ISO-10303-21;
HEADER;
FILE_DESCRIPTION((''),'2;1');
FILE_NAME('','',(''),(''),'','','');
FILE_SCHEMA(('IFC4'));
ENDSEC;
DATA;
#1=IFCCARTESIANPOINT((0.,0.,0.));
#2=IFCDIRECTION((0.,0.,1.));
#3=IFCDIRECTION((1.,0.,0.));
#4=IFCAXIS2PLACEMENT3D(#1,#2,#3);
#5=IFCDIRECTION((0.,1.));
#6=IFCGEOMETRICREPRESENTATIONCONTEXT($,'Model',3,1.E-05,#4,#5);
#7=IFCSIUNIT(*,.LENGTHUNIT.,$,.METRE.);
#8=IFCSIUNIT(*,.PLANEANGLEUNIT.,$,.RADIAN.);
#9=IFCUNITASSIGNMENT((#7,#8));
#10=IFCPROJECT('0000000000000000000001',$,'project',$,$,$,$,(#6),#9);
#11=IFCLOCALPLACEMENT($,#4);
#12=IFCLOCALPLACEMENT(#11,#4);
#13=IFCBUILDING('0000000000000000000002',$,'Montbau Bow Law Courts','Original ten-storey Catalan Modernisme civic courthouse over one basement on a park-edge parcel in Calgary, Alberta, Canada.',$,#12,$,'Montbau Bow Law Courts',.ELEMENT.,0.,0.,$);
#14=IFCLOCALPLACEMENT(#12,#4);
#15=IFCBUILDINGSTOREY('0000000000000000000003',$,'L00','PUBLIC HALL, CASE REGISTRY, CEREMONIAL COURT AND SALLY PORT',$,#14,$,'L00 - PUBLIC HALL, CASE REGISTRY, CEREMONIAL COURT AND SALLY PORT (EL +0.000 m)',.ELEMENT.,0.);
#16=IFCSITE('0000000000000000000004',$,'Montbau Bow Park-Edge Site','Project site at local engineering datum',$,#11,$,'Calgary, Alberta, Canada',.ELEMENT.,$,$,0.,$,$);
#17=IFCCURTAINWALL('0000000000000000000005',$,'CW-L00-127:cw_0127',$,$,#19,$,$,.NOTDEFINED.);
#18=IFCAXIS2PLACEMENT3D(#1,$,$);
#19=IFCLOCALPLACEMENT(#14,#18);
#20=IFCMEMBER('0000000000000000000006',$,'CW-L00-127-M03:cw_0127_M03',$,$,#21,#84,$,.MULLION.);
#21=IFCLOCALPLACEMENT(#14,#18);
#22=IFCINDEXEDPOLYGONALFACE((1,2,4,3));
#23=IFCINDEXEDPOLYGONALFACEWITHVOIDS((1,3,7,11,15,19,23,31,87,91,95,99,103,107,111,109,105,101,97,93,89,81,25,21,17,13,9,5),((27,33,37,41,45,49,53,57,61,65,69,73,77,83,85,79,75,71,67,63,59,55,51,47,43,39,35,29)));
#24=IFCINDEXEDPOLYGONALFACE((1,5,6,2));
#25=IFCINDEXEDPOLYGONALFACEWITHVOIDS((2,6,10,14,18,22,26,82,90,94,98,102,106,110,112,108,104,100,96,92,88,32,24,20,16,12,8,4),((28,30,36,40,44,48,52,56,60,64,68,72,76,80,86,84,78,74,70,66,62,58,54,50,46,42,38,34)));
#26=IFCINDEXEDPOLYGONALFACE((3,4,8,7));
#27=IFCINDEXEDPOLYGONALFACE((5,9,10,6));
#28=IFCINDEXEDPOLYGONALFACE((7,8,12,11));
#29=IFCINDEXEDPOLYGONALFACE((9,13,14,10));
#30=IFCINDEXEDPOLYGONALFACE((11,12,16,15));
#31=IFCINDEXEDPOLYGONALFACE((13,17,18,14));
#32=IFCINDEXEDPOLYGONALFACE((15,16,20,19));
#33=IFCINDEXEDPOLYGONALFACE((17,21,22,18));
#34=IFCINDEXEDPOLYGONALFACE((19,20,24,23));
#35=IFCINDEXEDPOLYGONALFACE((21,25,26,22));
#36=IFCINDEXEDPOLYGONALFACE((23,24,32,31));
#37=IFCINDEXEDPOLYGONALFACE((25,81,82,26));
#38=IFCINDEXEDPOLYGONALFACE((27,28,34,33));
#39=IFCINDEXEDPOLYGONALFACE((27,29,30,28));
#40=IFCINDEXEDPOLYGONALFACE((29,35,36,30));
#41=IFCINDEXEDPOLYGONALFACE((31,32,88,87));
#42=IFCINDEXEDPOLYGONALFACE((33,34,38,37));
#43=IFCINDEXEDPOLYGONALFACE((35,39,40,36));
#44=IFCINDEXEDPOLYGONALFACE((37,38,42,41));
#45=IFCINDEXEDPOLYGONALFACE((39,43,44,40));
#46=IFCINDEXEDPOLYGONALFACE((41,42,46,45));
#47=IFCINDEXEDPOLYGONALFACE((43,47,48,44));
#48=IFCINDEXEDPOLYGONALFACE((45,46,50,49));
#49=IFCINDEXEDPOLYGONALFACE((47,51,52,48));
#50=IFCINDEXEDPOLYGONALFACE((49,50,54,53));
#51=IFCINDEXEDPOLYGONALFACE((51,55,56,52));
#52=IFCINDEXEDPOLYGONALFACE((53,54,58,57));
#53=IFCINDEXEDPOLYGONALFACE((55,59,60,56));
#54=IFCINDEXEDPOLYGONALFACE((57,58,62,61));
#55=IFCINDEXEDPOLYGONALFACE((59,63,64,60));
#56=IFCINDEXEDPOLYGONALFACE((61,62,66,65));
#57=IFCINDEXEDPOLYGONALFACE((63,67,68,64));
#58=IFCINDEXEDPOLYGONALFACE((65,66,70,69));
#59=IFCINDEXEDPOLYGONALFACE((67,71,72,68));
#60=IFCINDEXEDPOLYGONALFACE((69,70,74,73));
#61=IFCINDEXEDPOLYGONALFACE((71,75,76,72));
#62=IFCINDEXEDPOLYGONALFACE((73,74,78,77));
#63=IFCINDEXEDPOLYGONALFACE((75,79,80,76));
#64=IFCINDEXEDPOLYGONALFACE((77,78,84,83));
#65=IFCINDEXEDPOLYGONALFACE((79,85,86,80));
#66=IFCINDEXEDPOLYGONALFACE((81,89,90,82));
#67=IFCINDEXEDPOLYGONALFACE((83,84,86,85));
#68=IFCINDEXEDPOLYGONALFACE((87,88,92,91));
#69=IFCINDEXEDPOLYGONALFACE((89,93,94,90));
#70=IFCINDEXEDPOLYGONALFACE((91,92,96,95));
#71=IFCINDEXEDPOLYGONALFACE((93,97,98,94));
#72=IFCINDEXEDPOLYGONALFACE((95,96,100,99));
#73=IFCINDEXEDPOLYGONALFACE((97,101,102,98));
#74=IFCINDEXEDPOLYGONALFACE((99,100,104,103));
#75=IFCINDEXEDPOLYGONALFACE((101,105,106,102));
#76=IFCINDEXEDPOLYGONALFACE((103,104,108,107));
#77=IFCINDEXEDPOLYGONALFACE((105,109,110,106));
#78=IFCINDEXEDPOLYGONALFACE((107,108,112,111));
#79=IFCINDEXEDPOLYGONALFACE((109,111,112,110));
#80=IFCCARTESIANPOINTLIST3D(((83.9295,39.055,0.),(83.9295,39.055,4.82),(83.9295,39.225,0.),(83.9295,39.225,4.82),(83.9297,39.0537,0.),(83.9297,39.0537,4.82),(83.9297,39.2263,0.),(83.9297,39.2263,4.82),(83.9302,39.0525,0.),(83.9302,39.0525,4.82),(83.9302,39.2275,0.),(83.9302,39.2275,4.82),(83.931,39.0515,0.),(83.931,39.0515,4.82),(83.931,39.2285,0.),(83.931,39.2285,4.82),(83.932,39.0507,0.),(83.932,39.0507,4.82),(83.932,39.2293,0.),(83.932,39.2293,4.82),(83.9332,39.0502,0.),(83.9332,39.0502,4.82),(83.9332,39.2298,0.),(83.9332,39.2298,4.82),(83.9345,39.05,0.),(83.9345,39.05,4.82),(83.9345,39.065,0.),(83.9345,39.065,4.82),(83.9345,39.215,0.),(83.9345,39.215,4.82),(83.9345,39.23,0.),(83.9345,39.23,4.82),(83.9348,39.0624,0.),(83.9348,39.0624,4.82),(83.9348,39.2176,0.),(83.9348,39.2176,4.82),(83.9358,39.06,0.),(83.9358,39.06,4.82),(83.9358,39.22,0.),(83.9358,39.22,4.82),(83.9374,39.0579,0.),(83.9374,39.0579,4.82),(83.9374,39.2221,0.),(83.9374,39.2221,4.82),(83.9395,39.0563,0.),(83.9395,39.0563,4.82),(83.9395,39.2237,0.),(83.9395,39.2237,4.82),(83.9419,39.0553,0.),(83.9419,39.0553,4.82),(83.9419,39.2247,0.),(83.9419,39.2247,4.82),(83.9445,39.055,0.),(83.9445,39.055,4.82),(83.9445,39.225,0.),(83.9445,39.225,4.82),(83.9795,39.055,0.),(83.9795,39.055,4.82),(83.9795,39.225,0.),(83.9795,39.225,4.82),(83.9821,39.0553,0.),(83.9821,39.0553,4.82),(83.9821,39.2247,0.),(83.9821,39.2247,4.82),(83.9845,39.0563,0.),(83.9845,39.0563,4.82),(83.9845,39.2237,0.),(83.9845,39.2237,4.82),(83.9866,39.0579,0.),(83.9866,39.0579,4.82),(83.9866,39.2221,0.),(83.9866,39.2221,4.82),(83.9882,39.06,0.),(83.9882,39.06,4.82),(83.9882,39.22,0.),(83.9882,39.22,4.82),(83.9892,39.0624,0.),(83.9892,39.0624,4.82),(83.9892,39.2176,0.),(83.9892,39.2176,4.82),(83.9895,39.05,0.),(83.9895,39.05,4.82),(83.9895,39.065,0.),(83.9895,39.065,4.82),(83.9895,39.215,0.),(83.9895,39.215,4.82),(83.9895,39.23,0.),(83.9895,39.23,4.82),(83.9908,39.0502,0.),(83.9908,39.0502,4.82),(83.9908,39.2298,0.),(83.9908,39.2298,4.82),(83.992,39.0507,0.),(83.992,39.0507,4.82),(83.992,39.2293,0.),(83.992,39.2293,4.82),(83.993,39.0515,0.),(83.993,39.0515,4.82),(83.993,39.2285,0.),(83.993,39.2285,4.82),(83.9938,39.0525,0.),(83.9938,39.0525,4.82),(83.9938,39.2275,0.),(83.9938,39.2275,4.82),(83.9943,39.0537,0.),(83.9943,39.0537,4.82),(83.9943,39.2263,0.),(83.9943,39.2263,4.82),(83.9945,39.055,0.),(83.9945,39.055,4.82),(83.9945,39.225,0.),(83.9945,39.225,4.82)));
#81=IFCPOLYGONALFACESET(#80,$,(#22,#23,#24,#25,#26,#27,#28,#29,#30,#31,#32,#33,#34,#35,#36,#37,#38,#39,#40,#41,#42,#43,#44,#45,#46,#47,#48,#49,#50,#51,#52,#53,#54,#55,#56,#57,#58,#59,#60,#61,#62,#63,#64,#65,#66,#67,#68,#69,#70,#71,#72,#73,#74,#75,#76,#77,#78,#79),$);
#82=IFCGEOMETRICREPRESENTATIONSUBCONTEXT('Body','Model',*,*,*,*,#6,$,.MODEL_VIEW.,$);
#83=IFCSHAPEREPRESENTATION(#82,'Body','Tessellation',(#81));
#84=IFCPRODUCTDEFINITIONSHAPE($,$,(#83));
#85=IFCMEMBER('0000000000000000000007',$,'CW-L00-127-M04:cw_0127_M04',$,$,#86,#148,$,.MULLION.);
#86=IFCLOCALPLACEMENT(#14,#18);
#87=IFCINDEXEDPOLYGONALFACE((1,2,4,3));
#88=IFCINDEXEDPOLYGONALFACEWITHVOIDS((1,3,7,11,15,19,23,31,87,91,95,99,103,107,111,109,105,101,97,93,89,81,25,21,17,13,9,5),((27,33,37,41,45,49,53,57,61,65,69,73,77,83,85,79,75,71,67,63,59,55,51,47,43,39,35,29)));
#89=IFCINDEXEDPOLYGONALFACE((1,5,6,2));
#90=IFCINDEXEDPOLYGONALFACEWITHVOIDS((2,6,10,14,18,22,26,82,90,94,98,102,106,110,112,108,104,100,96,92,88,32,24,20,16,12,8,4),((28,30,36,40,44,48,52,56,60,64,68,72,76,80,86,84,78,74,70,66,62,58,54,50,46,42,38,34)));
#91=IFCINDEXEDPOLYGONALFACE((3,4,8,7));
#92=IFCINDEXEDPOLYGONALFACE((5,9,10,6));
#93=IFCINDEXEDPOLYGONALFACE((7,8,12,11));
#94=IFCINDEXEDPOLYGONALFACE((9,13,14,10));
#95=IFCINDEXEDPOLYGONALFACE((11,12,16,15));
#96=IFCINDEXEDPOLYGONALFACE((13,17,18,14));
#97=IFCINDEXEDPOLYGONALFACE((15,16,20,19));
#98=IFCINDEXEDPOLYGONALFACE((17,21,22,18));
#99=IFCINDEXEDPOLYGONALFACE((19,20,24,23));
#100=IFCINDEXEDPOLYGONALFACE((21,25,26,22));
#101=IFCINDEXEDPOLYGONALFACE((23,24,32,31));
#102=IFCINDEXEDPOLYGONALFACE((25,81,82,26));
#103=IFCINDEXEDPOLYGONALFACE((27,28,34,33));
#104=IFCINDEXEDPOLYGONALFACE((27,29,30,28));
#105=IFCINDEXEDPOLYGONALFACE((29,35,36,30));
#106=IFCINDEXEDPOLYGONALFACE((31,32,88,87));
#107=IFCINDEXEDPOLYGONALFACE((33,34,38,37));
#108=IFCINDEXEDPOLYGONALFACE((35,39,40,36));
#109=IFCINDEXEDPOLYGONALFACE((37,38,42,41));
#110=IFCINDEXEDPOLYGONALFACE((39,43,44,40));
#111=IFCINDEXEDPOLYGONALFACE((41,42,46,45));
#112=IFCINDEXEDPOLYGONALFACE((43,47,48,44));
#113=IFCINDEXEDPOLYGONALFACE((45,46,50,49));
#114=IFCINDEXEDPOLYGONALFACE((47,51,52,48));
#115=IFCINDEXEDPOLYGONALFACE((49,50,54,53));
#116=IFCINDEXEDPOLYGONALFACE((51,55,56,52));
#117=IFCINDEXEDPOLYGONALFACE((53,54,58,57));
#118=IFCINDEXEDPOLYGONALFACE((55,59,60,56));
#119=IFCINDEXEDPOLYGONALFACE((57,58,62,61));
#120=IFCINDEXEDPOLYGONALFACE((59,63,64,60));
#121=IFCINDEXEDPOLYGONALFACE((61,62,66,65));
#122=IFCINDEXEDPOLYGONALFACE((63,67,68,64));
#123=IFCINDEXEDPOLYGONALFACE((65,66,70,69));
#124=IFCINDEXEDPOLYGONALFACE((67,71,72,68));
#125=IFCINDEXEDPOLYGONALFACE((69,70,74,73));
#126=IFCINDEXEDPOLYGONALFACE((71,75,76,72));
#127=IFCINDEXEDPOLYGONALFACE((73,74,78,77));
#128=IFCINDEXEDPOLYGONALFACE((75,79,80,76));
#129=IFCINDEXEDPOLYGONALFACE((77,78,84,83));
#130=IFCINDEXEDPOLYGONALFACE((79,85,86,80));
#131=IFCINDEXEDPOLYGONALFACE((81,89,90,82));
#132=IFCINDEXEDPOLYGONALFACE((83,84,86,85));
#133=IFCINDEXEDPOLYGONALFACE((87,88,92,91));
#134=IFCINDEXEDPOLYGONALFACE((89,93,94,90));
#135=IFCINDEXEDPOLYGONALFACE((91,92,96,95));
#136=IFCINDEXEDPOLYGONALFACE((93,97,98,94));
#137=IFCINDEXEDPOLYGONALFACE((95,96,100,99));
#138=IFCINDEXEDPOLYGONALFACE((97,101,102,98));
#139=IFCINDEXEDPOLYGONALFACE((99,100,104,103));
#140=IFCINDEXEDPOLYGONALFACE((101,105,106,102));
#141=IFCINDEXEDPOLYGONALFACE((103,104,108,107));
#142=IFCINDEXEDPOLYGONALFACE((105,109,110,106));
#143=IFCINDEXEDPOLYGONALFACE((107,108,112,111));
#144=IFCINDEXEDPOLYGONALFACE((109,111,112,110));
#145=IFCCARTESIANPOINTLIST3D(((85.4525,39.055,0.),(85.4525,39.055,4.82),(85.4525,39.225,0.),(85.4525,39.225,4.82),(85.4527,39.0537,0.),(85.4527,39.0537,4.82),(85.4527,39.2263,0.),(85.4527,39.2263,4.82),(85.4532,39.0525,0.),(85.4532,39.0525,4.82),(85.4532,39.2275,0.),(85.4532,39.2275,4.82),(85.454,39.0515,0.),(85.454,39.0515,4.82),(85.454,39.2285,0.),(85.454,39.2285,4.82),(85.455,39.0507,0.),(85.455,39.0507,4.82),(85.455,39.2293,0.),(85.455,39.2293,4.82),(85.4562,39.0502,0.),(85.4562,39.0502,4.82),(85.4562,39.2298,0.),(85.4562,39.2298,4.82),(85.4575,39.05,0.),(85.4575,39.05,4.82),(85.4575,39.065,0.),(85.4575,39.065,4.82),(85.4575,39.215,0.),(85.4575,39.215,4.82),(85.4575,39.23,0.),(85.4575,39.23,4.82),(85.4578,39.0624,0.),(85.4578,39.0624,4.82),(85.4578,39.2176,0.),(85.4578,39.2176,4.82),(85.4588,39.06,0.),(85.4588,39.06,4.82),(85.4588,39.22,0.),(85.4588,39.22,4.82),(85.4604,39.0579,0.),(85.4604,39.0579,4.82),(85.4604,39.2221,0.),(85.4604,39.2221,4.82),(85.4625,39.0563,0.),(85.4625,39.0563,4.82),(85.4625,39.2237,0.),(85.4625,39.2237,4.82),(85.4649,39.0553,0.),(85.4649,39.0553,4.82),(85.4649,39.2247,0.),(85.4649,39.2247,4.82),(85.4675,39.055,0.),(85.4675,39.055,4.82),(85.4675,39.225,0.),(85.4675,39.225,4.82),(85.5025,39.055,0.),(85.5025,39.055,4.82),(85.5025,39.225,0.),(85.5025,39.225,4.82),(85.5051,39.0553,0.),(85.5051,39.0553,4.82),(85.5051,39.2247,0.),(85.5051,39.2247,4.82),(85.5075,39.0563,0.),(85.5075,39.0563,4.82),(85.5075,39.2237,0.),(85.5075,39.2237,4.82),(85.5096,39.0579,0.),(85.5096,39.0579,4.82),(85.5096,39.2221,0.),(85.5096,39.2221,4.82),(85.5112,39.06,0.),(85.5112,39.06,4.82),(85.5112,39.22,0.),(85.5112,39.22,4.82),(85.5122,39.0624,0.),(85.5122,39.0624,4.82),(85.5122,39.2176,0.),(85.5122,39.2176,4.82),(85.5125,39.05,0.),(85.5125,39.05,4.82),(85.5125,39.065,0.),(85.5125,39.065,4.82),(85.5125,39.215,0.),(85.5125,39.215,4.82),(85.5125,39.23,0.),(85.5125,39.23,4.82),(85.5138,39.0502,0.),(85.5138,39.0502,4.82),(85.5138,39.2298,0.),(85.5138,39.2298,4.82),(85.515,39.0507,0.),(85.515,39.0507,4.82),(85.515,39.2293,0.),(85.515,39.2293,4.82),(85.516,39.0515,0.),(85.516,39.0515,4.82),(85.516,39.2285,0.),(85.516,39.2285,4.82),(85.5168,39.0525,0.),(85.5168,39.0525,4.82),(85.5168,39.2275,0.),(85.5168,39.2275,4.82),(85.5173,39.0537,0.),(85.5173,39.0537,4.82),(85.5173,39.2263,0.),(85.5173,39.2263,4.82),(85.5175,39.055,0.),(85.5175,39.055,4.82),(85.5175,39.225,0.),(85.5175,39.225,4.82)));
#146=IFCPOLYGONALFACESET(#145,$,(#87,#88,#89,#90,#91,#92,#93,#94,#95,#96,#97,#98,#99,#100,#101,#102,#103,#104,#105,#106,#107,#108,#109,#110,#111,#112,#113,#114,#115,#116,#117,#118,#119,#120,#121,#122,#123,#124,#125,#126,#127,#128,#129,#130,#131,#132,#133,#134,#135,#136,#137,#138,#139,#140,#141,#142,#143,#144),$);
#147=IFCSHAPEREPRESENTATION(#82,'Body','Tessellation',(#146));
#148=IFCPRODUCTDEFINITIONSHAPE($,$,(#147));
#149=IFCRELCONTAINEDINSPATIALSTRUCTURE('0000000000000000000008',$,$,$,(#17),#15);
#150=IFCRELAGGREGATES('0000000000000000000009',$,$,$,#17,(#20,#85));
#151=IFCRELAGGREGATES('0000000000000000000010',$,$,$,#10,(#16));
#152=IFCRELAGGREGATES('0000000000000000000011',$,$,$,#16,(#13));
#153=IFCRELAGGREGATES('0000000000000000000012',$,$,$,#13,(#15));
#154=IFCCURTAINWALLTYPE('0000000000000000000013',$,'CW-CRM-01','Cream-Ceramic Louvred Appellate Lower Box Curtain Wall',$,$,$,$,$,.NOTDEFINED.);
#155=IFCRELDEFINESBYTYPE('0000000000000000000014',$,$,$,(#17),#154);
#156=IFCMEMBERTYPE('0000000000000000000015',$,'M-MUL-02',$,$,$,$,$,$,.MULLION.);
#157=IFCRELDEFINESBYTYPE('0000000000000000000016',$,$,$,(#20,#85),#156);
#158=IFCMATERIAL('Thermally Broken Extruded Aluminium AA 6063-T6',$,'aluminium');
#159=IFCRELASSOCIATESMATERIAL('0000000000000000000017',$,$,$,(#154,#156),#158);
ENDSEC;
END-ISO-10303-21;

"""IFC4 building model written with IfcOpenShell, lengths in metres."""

from ifc_helpers import new_model, si_unit, direction, frame, origin_with_axes, origin_2d_with_axis, place, context, subcontext, project, spatial, hollow_rectangle, extrude, material, material_profile, profile_set, type_object, element, aggregate, save


model = new_model("IFC4")

# Units and contexts
model_context = context("Model", 3, precision=1e-05, world=origin_with_axes(), true_north=direction((0.0, 1.0)))
body_context = subcontext(model_context, "Body", "Model", "MODEL_VIEW")
ifc_project = project(units=[si_unit("LENGTHUNIT", "METRE"), si_unit("PLANEANGLEUNIT", "RADIAN")], contexts=[model_context])

# Site, building, storey
site_placement = place(None, origin_with_axes())
site = spatial("IfcSite", under=ifc_project, at=site_placement, Name="Montbau Bow Park-Edge Site", Description="Project site at local engineering datum", LongName="Calgary, Alberta, Canada", CompositionType="ELEMENT", RefElevation=0.0)
building_placement = place(site_placement, origin_with_axes())
building = spatial("IfcBuilding", under=site, at=building_placement, Name="Montbau Bow Law Courts", Description="Original ten-storey Catalan Modernisme civic courthouse over one basement on a park-edge parcel in Calgary, Alberta, Canada.", LongName="Montbau Bow Law Courts", CompositionType="ELEMENT", ElevationOfRefHeight=0.0, ElevationOfTerrain=0.0)
storey_placement = place(building_placement, origin_with_axes())
storey = spatial("IfcBuildingStorey", under=building, at=storey_placement, Name="L00", Description="PUBLIC HALL, CASE REGISTRY, CEREMONIAL COURT AND SALLY PORT", LongName="L00 - PUBLIC HALL, CASE REGISTRY, CEREMONIAL COURT AND SALLY PORT (EL +0.000 m)", CompositionType="ELEMENT", Elevation=0.0)

# Curtain wall, members
ifc_material_1 = material(Name="Thermally Broken Extruded Aluminium AA 6063-T6", Category="aluminium")
curtain_wall_type = type_object("IfcCurtainWallType", Name="CW-CRM-01", Description="Cream-Ceramic Louvred Appellate Lower Box Curtain Wall", PredefinedType="NOTDEFINED", material=ifc_material_1)
curtain_wall_placement = place(None, frame((80.915, 39.14, 0.0), z_axis=(0.0, 0.0, 1.0), x_axis=(1.0, 0.0, 0.0)))
curtain_wall = element("IfcCurtainWall", 1, at=curtain_wall_placement, inside=storey, type_object=curtain_wall_type, Name="CW-L00-127:cw_0127", PredefinedType="NOTDEFINED")
ifc_material_profile_1 = material_profile(ifc_material_1, hollow_rectangle(XDim=0.065, YDim=0.18, WallThickness=0.005, InnerFilletRadius=0.01, OuterFilletRadius=0.005, at=origin_2d_with_axis()), Name="CWM-180X65", Category="Main", Priority=0)
ifc_profile_set_1 = profile_set([ifc_material_profile_1], Name="Thermally Broken Extruded Aluminium AA 6063-T6")
member_type_1 = type_object("IfcMemberType", Name="M-MUL-02", PredefinedType="MULLION", material=ifc_profile_set_1)
member_1_placement = place(None, frame((83.962, 39.14, 0.0), z_axis=(0.0, 0.0, 1.0), x_axis=(1.0, 0.0, 0.0)))
member_1 = element("IfcMember", 2, at=member_1_placement, type_object=member_type_1, Name="CW-L00-127-M03:cw_0127_M03", PredefinedType="MULLION", context=body_context, shape_type="SweptSolid", body=[
    extrude(hollow_rectangle(XDim=0.065, YDim=0.18, WallThickness=0.005, InnerFilletRadius=0.01, OuterFilletRadius=0.005, at=origin_2d_with_axis()), origin_with_axes(), (0.0, 0.0, 1.0), 4.82),
])
member_2_placement = place(None, frame((85.485, 39.14, 0.0), z_axis=(0.0, 0.0, 1.0), x_axis=(1.0, 0.0, 0.0)))
member_2 = element("IfcMember", 3, at=member_2_placement, type_object=member_type_1, Name="CW-L00-127-M04:cw_0127_M04", PredefinedType="MULLION", context=body_context, shape_type="SweptSolid", body=[
    extrude(hollow_rectangle(XDim=0.065, YDim=0.18, WallThickness=0.005, InnerFilletRadius=0.01, OuterFilletRadius=0.005, at=origin_2d_with_axis()), origin_with_axes(), (0.0, 0.0, 1.0), 4.82),
])
aggregate(curtain_wall, [member_1, member_2])

save(model, "model.ifc")
